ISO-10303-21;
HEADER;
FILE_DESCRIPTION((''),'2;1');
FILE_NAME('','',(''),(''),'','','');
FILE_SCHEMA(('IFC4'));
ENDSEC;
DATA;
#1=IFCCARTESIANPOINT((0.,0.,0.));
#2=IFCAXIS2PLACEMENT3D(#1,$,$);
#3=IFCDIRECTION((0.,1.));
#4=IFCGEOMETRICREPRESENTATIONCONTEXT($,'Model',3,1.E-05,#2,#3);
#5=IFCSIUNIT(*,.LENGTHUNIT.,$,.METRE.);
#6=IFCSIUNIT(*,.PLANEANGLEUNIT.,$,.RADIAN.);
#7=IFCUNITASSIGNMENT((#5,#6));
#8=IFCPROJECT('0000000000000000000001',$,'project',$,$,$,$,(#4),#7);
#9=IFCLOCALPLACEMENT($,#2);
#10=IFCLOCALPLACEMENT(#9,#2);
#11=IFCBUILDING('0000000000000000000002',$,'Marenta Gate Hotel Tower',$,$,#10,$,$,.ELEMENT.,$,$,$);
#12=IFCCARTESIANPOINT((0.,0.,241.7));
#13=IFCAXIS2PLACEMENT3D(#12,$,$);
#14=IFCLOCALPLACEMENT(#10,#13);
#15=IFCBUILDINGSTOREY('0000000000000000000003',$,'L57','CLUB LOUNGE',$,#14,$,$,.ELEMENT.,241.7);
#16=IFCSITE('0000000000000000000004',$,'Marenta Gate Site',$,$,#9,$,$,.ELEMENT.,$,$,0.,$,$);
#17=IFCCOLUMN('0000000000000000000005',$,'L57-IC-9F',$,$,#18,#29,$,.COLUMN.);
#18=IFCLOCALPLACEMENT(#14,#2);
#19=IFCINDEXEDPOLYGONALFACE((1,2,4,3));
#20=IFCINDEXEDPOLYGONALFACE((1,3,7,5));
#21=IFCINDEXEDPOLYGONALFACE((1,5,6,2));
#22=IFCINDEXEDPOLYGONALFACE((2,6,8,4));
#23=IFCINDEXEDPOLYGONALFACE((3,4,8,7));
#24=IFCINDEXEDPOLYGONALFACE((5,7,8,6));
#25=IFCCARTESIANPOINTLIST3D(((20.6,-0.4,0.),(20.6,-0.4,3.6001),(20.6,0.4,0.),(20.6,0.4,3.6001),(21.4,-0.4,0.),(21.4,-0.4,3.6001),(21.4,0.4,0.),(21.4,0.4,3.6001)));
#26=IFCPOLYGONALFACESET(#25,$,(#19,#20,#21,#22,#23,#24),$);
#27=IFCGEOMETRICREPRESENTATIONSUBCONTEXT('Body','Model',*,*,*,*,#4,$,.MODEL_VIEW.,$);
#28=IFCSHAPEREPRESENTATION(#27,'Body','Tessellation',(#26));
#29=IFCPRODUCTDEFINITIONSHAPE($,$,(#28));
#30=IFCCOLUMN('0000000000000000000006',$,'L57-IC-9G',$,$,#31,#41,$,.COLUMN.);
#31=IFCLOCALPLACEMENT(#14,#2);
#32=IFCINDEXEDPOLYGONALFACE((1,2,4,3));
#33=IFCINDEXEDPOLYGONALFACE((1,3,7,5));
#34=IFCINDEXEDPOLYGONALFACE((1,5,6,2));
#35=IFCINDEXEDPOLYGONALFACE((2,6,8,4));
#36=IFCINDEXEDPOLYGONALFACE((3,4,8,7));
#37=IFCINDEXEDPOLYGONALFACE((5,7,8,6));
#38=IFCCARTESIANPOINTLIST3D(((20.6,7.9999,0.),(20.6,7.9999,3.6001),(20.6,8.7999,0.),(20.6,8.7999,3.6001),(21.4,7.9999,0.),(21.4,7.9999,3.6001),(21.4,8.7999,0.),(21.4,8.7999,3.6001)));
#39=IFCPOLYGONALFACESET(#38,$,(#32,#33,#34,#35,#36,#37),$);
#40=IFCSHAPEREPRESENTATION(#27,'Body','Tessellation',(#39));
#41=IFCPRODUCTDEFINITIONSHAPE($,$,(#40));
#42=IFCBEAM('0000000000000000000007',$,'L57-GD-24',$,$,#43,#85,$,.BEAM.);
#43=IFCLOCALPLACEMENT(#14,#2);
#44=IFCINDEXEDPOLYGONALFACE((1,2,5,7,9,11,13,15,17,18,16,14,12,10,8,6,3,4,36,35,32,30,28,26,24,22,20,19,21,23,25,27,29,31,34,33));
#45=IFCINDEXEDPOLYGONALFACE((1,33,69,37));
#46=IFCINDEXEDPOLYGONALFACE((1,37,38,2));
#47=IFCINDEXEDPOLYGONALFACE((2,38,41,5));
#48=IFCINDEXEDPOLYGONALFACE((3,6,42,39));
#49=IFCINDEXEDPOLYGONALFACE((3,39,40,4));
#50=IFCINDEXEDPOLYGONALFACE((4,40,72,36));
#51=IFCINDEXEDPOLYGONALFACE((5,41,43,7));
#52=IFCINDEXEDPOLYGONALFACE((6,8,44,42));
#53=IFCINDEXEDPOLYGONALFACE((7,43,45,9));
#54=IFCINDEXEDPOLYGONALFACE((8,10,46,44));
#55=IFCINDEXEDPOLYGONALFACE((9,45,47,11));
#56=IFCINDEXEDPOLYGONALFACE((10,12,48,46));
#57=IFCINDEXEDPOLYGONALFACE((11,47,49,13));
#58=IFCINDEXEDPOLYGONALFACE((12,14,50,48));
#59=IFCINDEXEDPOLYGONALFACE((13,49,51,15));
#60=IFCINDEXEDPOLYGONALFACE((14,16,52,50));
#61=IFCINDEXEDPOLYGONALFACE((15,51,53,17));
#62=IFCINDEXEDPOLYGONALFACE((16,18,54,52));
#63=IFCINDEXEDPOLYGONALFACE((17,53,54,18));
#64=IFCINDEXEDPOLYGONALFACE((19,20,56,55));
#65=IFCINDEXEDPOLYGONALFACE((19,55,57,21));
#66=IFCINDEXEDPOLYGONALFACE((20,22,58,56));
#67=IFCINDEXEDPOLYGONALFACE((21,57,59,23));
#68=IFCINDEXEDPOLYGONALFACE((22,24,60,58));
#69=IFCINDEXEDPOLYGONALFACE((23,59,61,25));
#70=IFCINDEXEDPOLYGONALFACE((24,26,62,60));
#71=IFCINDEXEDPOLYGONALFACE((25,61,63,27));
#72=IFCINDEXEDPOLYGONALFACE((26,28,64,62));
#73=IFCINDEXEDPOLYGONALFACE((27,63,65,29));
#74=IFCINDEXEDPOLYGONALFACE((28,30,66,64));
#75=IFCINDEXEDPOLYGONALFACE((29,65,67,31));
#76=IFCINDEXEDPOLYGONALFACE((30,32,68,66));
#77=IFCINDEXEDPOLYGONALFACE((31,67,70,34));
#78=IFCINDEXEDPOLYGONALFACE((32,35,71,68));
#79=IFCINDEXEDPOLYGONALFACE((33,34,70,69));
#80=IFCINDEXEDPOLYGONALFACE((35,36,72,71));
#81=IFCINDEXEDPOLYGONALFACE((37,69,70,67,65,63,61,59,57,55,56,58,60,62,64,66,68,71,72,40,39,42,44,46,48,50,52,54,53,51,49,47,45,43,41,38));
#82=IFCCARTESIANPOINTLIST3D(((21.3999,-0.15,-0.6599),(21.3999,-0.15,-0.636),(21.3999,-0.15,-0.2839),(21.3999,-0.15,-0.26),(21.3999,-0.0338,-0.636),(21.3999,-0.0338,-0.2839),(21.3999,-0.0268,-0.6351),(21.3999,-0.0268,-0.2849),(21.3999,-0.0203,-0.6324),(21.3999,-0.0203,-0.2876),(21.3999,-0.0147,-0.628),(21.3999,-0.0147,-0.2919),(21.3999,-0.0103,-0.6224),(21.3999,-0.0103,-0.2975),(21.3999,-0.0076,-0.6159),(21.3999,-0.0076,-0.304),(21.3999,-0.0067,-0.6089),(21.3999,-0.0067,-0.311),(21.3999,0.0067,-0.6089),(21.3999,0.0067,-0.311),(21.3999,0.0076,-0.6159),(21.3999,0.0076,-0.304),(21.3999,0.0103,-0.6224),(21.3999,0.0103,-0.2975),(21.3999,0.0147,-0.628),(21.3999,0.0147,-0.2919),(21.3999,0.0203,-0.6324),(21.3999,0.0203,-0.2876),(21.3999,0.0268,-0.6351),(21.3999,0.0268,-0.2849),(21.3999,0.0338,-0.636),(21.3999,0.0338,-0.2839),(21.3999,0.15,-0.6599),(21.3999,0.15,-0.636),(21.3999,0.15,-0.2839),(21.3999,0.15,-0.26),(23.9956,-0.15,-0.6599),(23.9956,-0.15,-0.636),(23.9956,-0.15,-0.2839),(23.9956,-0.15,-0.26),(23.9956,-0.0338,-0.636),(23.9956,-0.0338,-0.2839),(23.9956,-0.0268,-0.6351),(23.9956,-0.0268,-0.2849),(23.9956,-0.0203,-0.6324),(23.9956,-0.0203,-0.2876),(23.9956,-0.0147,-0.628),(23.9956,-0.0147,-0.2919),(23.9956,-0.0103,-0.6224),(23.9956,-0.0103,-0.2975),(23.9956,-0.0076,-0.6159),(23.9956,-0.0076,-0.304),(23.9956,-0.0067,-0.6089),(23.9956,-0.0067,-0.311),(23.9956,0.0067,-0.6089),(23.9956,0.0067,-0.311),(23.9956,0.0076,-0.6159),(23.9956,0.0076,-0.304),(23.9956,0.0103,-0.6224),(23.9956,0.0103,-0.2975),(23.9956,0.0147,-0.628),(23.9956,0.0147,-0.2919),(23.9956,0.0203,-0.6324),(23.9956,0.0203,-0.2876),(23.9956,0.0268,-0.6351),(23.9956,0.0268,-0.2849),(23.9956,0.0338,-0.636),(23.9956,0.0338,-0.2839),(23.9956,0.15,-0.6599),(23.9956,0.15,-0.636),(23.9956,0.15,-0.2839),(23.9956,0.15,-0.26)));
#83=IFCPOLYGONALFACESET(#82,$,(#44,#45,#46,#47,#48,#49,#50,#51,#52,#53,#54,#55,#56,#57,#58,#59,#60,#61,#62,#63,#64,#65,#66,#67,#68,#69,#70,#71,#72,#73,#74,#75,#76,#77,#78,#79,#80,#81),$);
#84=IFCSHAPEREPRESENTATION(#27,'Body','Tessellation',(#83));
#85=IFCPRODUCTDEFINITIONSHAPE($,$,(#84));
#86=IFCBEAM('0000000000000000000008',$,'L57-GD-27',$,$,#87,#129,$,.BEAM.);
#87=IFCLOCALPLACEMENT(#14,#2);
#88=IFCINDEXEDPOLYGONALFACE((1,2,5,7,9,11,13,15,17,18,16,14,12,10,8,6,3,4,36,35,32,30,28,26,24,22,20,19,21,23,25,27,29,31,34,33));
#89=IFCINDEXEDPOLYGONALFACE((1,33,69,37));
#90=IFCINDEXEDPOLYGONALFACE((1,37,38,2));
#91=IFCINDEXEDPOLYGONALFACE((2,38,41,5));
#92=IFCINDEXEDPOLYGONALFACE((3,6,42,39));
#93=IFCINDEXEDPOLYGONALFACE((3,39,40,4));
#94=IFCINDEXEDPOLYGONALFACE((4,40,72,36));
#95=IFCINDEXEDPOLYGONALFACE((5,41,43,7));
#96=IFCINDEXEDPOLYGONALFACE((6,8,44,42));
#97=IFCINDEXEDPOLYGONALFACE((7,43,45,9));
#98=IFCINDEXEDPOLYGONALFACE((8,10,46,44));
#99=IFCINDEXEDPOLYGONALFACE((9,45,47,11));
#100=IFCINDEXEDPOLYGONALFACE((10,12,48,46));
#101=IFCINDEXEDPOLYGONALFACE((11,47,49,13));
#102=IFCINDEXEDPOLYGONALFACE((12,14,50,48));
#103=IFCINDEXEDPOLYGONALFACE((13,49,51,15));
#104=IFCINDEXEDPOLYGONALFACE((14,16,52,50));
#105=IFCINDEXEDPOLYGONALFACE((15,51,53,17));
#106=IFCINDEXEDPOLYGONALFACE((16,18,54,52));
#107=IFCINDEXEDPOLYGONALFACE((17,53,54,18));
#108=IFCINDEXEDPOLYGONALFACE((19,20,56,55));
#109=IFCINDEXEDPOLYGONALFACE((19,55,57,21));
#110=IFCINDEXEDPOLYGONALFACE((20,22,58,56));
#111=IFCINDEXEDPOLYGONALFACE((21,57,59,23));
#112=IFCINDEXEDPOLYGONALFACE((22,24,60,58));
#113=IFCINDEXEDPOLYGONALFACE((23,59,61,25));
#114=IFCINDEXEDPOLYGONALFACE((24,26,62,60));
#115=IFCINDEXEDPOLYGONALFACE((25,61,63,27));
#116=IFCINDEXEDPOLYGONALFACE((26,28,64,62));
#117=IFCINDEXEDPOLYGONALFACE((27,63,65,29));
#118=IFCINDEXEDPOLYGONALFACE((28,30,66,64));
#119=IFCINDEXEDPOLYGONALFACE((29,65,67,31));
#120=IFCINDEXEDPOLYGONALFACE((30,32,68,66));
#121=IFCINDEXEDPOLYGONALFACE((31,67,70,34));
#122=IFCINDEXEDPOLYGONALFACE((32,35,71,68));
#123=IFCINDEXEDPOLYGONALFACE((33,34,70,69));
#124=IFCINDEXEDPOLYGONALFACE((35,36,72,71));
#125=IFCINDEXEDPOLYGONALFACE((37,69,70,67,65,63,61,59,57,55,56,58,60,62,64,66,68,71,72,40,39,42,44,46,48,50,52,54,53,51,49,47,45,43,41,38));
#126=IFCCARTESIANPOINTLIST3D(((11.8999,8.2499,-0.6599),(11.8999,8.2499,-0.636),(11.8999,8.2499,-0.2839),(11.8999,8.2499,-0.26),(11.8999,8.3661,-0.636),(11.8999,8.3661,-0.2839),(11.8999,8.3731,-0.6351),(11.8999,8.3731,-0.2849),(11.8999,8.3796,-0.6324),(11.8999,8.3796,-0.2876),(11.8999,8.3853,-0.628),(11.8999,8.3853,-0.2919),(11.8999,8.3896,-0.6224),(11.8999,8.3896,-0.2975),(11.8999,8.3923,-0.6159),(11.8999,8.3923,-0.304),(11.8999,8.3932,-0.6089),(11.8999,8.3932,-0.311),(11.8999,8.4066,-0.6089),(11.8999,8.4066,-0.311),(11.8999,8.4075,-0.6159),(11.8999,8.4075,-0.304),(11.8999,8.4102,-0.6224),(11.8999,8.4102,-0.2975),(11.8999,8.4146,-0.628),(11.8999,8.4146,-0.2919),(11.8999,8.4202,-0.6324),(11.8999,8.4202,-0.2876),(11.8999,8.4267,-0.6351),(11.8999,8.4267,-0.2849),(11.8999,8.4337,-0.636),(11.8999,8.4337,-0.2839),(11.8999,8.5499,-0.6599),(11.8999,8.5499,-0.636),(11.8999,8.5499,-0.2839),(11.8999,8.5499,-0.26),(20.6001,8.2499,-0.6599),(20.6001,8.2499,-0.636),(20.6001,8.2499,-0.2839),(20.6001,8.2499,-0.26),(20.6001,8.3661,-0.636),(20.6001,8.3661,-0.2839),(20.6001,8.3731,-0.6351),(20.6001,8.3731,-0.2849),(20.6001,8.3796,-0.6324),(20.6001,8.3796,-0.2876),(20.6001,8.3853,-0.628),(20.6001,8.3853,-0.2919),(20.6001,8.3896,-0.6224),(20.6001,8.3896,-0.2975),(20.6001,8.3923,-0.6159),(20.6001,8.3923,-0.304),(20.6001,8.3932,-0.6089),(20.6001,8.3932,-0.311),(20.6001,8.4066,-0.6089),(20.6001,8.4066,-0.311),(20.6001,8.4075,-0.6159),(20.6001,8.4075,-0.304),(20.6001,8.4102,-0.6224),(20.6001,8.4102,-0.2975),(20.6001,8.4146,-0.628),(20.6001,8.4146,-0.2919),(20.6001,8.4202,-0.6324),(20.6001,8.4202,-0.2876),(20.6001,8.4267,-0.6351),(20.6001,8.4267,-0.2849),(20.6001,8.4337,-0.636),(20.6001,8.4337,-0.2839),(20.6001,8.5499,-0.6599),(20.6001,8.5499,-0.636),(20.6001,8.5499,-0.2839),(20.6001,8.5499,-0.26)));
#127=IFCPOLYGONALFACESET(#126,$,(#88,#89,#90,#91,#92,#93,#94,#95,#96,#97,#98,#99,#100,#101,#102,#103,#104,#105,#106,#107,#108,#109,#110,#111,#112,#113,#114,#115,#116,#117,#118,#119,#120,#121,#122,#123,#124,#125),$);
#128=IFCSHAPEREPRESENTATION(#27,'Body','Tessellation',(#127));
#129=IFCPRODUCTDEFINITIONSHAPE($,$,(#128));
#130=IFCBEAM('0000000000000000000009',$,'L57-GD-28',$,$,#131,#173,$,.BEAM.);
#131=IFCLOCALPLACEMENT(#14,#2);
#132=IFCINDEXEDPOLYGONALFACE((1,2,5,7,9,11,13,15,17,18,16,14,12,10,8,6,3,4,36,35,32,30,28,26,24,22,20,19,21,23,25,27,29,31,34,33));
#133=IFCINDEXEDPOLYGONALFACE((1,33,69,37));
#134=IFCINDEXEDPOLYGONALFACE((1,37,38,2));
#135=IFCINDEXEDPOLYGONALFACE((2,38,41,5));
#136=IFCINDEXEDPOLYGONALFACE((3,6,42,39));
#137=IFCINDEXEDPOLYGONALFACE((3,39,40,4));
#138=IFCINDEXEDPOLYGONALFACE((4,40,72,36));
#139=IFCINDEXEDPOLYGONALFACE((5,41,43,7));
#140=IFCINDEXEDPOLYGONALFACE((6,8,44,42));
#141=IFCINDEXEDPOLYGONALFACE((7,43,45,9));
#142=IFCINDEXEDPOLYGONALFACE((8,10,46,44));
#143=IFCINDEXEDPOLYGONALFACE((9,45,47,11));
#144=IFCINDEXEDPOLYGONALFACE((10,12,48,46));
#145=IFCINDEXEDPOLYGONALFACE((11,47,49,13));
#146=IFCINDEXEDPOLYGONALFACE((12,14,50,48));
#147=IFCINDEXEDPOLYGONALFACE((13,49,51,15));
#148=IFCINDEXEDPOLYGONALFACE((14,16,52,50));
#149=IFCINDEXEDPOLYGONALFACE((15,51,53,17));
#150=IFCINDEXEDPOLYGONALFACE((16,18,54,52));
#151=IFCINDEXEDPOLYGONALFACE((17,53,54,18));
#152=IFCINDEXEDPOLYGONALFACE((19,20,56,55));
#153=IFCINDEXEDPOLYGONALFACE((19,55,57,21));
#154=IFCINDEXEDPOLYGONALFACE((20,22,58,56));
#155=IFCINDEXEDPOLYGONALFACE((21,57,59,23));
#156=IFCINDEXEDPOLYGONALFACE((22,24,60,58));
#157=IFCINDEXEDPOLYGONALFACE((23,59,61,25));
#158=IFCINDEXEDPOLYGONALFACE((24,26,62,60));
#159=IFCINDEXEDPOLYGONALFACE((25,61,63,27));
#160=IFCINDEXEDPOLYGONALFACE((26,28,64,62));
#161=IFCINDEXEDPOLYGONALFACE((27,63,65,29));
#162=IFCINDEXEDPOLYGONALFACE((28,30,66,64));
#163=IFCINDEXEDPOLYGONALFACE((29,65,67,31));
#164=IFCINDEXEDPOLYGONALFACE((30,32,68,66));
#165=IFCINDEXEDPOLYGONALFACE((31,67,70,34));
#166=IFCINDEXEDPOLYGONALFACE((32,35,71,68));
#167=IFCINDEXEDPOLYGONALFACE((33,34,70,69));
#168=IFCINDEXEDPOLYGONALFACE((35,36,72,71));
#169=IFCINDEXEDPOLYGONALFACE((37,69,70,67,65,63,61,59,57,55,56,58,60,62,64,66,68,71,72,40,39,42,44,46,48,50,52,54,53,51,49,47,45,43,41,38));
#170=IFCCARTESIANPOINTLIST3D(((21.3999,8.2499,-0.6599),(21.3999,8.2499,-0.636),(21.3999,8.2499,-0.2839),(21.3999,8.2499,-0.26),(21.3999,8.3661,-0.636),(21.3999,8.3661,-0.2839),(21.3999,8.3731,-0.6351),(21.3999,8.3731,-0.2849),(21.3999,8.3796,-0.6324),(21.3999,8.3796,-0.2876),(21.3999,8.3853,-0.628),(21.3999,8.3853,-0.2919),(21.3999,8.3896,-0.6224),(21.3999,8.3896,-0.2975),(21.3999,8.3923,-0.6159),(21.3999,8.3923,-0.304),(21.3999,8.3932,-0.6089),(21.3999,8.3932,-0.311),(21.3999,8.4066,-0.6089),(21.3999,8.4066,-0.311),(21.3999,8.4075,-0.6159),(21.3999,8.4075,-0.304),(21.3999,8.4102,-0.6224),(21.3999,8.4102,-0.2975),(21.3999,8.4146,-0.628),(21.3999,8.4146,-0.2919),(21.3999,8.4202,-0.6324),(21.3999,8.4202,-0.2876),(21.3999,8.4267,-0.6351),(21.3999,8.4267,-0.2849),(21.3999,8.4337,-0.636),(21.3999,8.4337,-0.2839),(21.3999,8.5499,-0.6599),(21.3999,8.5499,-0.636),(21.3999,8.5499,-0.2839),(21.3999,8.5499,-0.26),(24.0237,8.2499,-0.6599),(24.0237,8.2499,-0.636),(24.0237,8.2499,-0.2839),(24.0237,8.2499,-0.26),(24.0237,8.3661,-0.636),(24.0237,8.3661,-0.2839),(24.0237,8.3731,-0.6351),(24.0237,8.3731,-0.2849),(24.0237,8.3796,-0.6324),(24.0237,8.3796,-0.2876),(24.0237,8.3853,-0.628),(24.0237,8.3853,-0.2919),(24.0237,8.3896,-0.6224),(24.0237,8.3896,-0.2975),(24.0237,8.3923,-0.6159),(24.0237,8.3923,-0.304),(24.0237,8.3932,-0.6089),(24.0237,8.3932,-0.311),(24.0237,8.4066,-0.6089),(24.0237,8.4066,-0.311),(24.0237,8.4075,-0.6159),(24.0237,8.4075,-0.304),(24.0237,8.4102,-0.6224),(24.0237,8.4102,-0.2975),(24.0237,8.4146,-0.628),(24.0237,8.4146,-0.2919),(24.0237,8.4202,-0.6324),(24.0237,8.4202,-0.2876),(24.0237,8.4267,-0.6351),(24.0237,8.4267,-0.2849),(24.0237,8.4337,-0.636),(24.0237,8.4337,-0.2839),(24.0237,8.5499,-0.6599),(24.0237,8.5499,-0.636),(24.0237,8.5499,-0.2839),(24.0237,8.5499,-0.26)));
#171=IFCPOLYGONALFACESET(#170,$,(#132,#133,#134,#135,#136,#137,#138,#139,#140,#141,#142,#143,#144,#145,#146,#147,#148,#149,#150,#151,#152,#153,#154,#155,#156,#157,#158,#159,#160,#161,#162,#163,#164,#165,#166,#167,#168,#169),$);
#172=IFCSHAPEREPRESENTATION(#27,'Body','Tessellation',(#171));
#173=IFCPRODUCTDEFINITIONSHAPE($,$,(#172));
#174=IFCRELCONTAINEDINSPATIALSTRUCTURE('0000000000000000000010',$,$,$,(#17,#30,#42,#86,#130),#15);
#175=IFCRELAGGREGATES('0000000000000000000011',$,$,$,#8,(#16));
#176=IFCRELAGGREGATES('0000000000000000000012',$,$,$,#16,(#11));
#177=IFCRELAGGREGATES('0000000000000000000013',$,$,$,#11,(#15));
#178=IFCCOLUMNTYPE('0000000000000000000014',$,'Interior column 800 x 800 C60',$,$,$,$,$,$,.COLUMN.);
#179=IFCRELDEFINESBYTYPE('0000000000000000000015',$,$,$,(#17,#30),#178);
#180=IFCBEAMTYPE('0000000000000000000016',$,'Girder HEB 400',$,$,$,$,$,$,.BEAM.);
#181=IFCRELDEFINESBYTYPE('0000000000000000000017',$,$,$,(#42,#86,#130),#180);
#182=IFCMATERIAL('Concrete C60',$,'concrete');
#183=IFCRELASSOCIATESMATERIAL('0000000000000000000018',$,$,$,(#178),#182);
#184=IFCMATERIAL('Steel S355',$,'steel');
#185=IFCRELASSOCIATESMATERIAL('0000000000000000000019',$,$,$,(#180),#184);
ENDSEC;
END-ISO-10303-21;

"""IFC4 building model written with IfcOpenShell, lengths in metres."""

from ifc_helpers import new_model, si_unit, direction, frame, origin, origin_2d, place, context, subcontext, project, spatial, rectangle, i_section, extrude, material, material_profile, profile_set, type_object, element, save


model = new_model("IFC4")

# Units and contexts
model_context = context("Model", 3, precision=1e-05, world=origin(), true_north=direction((0.0, 1.0)))
body_context = subcontext(model_context, "Body", "Model", "MODEL_VIEW")
ifc_project = project(units=[si_unit("LENGTHUNIT", "METRE"), si_unit("PLANEANGLEUNIT", "RADIAN")], contexts=[model_context])

# Site, building, storey
site_placement = place(None, origin())
site = spatial("IfcSite", under=ifc_project, at=site_placement, Name="Marenta Gate Site", CompositionType="ELEMENT", RefElevation=0.0)
building_placement = place(site_placement, origin())
building = spatial("IfcBuilding", under=site, at=building_placement, Name="Marenta Gate Hotel Tower", CompositionType="ELEMENT")
storey_placement = place(building_placement, frame((0.0, 0.0, 241.7)))
storey = spatial("IfcBuildingStorey", under=building, at=storey_placement, Name="L57", Description="CLUB LOUNGE", CompositionType="ELEMENT", Elevation=241.7)

# Columns
ifc_material_1 = material(Name="Concrete C60", Category="concrete")
ifc_material_profile_1 = material_profile(ifc_material_1, rectangle(XDim=0.8, YDim=0.8, at=origin_2d()), Name="800 x 800")
ifc_profile_set_1 = profile_set([ifc_material_profile_1], Name="Concrete C60")
column_type = type_object("IfcColumnType", Name="Interior column 800 x 800 C60", PredefinedType="COLUMN", material=ifc_profile_set_1)
for number, where, z_axis, x_axis, name in (
    (1, (21.0, 0.0, 0.0), (0.0, 0.0, 1.0), (1.0, 0.0, 0.0), "L57-IC-9F"),
    (2, (21.0, 8.3999, 0.0), (0.0, 0.0, 1.0), (1.0, 0.0, 0.0), "L57-IC-9G"),
):
    element("IfcColumn", number, at=place(storey_placement, frame(where, z_axis=z_axis, x_axis=x_axis)), inside=storey, type_object=column_type, Name=name, PredefinedType="COLUMN", context=body_context, shape_type="SweptSolid", body=[
        extrude(rectangle(XDim=0.8, YDim=0.8, at=origin_2d()), origin(), (0.0, 0.0, 1.0), 3.6001),
    ])

# Beams
ifc_material_2 = material(Name="Steel S355", Category="steel")
ifc_material_profile_2 = material_profile(ifc_material_2, i_section(OverallWidth=0.3, OverallDepth=0.3999, WebThickness=0.0134, FlangeThickness=0.0239, FilletRadius=0.0271, at=origin_2d()), Name="HEB 400")
ifc_profile_set_2 = profile_set([ifc_material_profile_2], Name="Steel S355")
beam_type = type_object("IfcBeamType", Name="Girder HEB 400", PredefinedType="BEAM", material=ifc_profile_set_2)
beam_1_placement = place(storey_placement, frame((21.3999, 0.0, -0.46), z_axis=(1.0, 0.0, 0.0), x_axis=(0.0, 1.0, 0.0)))
element("IfcBeam", 3, at=beam_1_placement, inside=storey, type_object=beam_type, Name="L57-GD-24", PredefinedType="BEAM", context=body_context, shape_type="SweptSolid", body=[
    extrude(i_section(OverallWidth=0.3, OverallDepth=0.3999, WebThickness=0.0134, FlangeThickness=0.0239, FilletRadius=0.0271, at=origin_2d()), origin(), (0.0, 0.0, 1.0), 2.5957),
])
beam_2_placement = place(storey_placement, frame((11.8999, 8.3999, -0.46), z_axis=(1.0, 0.0, 0.0), x_axis=(0.0, 1.0, 0.0)))
element("IfcBeam", 4, at=beam_2_placement, inside=storey, type_object=beam_type, Name="L57-GD-27", PredefinedType="BEAM", context=body_context, shape_type="SweptSolid", body=[
    extrude(i_section(OverallWidth=0.3, OverallDepth=0.3999, WebThickness=0.0134, FlangeThickness=0.0239, FilletRadius=0.0271, at=origin_2d()), origin(), (0.0, 0.0, 1.0), 8.7002),
])
beam_3_placement = place(storey_placement, frame((21.3999, 8.3999, -0.46), z_axis=(1.0, 0.0, 0.0), x_axis=(0.0, 1.0, 0.0)))
element("IfcBeam", 5, at=beam_3_placement, inside=storey, type_object=beam_type, Name="L57-GD-28", PredefinedType="BEAM", context=body_context, shape_type="SweptSolid", body=[
    extrude(i_section(OverallWidth=0.3, OverallDepth=0.3999, WebThickness=0.0134, FlangeThickness=0.0239, FilletRadius=0.0271, at=origin_2d()), origin(), (0.0, 0.0, 1.0), 2.6238),
])

save(model, "model.ifc")
